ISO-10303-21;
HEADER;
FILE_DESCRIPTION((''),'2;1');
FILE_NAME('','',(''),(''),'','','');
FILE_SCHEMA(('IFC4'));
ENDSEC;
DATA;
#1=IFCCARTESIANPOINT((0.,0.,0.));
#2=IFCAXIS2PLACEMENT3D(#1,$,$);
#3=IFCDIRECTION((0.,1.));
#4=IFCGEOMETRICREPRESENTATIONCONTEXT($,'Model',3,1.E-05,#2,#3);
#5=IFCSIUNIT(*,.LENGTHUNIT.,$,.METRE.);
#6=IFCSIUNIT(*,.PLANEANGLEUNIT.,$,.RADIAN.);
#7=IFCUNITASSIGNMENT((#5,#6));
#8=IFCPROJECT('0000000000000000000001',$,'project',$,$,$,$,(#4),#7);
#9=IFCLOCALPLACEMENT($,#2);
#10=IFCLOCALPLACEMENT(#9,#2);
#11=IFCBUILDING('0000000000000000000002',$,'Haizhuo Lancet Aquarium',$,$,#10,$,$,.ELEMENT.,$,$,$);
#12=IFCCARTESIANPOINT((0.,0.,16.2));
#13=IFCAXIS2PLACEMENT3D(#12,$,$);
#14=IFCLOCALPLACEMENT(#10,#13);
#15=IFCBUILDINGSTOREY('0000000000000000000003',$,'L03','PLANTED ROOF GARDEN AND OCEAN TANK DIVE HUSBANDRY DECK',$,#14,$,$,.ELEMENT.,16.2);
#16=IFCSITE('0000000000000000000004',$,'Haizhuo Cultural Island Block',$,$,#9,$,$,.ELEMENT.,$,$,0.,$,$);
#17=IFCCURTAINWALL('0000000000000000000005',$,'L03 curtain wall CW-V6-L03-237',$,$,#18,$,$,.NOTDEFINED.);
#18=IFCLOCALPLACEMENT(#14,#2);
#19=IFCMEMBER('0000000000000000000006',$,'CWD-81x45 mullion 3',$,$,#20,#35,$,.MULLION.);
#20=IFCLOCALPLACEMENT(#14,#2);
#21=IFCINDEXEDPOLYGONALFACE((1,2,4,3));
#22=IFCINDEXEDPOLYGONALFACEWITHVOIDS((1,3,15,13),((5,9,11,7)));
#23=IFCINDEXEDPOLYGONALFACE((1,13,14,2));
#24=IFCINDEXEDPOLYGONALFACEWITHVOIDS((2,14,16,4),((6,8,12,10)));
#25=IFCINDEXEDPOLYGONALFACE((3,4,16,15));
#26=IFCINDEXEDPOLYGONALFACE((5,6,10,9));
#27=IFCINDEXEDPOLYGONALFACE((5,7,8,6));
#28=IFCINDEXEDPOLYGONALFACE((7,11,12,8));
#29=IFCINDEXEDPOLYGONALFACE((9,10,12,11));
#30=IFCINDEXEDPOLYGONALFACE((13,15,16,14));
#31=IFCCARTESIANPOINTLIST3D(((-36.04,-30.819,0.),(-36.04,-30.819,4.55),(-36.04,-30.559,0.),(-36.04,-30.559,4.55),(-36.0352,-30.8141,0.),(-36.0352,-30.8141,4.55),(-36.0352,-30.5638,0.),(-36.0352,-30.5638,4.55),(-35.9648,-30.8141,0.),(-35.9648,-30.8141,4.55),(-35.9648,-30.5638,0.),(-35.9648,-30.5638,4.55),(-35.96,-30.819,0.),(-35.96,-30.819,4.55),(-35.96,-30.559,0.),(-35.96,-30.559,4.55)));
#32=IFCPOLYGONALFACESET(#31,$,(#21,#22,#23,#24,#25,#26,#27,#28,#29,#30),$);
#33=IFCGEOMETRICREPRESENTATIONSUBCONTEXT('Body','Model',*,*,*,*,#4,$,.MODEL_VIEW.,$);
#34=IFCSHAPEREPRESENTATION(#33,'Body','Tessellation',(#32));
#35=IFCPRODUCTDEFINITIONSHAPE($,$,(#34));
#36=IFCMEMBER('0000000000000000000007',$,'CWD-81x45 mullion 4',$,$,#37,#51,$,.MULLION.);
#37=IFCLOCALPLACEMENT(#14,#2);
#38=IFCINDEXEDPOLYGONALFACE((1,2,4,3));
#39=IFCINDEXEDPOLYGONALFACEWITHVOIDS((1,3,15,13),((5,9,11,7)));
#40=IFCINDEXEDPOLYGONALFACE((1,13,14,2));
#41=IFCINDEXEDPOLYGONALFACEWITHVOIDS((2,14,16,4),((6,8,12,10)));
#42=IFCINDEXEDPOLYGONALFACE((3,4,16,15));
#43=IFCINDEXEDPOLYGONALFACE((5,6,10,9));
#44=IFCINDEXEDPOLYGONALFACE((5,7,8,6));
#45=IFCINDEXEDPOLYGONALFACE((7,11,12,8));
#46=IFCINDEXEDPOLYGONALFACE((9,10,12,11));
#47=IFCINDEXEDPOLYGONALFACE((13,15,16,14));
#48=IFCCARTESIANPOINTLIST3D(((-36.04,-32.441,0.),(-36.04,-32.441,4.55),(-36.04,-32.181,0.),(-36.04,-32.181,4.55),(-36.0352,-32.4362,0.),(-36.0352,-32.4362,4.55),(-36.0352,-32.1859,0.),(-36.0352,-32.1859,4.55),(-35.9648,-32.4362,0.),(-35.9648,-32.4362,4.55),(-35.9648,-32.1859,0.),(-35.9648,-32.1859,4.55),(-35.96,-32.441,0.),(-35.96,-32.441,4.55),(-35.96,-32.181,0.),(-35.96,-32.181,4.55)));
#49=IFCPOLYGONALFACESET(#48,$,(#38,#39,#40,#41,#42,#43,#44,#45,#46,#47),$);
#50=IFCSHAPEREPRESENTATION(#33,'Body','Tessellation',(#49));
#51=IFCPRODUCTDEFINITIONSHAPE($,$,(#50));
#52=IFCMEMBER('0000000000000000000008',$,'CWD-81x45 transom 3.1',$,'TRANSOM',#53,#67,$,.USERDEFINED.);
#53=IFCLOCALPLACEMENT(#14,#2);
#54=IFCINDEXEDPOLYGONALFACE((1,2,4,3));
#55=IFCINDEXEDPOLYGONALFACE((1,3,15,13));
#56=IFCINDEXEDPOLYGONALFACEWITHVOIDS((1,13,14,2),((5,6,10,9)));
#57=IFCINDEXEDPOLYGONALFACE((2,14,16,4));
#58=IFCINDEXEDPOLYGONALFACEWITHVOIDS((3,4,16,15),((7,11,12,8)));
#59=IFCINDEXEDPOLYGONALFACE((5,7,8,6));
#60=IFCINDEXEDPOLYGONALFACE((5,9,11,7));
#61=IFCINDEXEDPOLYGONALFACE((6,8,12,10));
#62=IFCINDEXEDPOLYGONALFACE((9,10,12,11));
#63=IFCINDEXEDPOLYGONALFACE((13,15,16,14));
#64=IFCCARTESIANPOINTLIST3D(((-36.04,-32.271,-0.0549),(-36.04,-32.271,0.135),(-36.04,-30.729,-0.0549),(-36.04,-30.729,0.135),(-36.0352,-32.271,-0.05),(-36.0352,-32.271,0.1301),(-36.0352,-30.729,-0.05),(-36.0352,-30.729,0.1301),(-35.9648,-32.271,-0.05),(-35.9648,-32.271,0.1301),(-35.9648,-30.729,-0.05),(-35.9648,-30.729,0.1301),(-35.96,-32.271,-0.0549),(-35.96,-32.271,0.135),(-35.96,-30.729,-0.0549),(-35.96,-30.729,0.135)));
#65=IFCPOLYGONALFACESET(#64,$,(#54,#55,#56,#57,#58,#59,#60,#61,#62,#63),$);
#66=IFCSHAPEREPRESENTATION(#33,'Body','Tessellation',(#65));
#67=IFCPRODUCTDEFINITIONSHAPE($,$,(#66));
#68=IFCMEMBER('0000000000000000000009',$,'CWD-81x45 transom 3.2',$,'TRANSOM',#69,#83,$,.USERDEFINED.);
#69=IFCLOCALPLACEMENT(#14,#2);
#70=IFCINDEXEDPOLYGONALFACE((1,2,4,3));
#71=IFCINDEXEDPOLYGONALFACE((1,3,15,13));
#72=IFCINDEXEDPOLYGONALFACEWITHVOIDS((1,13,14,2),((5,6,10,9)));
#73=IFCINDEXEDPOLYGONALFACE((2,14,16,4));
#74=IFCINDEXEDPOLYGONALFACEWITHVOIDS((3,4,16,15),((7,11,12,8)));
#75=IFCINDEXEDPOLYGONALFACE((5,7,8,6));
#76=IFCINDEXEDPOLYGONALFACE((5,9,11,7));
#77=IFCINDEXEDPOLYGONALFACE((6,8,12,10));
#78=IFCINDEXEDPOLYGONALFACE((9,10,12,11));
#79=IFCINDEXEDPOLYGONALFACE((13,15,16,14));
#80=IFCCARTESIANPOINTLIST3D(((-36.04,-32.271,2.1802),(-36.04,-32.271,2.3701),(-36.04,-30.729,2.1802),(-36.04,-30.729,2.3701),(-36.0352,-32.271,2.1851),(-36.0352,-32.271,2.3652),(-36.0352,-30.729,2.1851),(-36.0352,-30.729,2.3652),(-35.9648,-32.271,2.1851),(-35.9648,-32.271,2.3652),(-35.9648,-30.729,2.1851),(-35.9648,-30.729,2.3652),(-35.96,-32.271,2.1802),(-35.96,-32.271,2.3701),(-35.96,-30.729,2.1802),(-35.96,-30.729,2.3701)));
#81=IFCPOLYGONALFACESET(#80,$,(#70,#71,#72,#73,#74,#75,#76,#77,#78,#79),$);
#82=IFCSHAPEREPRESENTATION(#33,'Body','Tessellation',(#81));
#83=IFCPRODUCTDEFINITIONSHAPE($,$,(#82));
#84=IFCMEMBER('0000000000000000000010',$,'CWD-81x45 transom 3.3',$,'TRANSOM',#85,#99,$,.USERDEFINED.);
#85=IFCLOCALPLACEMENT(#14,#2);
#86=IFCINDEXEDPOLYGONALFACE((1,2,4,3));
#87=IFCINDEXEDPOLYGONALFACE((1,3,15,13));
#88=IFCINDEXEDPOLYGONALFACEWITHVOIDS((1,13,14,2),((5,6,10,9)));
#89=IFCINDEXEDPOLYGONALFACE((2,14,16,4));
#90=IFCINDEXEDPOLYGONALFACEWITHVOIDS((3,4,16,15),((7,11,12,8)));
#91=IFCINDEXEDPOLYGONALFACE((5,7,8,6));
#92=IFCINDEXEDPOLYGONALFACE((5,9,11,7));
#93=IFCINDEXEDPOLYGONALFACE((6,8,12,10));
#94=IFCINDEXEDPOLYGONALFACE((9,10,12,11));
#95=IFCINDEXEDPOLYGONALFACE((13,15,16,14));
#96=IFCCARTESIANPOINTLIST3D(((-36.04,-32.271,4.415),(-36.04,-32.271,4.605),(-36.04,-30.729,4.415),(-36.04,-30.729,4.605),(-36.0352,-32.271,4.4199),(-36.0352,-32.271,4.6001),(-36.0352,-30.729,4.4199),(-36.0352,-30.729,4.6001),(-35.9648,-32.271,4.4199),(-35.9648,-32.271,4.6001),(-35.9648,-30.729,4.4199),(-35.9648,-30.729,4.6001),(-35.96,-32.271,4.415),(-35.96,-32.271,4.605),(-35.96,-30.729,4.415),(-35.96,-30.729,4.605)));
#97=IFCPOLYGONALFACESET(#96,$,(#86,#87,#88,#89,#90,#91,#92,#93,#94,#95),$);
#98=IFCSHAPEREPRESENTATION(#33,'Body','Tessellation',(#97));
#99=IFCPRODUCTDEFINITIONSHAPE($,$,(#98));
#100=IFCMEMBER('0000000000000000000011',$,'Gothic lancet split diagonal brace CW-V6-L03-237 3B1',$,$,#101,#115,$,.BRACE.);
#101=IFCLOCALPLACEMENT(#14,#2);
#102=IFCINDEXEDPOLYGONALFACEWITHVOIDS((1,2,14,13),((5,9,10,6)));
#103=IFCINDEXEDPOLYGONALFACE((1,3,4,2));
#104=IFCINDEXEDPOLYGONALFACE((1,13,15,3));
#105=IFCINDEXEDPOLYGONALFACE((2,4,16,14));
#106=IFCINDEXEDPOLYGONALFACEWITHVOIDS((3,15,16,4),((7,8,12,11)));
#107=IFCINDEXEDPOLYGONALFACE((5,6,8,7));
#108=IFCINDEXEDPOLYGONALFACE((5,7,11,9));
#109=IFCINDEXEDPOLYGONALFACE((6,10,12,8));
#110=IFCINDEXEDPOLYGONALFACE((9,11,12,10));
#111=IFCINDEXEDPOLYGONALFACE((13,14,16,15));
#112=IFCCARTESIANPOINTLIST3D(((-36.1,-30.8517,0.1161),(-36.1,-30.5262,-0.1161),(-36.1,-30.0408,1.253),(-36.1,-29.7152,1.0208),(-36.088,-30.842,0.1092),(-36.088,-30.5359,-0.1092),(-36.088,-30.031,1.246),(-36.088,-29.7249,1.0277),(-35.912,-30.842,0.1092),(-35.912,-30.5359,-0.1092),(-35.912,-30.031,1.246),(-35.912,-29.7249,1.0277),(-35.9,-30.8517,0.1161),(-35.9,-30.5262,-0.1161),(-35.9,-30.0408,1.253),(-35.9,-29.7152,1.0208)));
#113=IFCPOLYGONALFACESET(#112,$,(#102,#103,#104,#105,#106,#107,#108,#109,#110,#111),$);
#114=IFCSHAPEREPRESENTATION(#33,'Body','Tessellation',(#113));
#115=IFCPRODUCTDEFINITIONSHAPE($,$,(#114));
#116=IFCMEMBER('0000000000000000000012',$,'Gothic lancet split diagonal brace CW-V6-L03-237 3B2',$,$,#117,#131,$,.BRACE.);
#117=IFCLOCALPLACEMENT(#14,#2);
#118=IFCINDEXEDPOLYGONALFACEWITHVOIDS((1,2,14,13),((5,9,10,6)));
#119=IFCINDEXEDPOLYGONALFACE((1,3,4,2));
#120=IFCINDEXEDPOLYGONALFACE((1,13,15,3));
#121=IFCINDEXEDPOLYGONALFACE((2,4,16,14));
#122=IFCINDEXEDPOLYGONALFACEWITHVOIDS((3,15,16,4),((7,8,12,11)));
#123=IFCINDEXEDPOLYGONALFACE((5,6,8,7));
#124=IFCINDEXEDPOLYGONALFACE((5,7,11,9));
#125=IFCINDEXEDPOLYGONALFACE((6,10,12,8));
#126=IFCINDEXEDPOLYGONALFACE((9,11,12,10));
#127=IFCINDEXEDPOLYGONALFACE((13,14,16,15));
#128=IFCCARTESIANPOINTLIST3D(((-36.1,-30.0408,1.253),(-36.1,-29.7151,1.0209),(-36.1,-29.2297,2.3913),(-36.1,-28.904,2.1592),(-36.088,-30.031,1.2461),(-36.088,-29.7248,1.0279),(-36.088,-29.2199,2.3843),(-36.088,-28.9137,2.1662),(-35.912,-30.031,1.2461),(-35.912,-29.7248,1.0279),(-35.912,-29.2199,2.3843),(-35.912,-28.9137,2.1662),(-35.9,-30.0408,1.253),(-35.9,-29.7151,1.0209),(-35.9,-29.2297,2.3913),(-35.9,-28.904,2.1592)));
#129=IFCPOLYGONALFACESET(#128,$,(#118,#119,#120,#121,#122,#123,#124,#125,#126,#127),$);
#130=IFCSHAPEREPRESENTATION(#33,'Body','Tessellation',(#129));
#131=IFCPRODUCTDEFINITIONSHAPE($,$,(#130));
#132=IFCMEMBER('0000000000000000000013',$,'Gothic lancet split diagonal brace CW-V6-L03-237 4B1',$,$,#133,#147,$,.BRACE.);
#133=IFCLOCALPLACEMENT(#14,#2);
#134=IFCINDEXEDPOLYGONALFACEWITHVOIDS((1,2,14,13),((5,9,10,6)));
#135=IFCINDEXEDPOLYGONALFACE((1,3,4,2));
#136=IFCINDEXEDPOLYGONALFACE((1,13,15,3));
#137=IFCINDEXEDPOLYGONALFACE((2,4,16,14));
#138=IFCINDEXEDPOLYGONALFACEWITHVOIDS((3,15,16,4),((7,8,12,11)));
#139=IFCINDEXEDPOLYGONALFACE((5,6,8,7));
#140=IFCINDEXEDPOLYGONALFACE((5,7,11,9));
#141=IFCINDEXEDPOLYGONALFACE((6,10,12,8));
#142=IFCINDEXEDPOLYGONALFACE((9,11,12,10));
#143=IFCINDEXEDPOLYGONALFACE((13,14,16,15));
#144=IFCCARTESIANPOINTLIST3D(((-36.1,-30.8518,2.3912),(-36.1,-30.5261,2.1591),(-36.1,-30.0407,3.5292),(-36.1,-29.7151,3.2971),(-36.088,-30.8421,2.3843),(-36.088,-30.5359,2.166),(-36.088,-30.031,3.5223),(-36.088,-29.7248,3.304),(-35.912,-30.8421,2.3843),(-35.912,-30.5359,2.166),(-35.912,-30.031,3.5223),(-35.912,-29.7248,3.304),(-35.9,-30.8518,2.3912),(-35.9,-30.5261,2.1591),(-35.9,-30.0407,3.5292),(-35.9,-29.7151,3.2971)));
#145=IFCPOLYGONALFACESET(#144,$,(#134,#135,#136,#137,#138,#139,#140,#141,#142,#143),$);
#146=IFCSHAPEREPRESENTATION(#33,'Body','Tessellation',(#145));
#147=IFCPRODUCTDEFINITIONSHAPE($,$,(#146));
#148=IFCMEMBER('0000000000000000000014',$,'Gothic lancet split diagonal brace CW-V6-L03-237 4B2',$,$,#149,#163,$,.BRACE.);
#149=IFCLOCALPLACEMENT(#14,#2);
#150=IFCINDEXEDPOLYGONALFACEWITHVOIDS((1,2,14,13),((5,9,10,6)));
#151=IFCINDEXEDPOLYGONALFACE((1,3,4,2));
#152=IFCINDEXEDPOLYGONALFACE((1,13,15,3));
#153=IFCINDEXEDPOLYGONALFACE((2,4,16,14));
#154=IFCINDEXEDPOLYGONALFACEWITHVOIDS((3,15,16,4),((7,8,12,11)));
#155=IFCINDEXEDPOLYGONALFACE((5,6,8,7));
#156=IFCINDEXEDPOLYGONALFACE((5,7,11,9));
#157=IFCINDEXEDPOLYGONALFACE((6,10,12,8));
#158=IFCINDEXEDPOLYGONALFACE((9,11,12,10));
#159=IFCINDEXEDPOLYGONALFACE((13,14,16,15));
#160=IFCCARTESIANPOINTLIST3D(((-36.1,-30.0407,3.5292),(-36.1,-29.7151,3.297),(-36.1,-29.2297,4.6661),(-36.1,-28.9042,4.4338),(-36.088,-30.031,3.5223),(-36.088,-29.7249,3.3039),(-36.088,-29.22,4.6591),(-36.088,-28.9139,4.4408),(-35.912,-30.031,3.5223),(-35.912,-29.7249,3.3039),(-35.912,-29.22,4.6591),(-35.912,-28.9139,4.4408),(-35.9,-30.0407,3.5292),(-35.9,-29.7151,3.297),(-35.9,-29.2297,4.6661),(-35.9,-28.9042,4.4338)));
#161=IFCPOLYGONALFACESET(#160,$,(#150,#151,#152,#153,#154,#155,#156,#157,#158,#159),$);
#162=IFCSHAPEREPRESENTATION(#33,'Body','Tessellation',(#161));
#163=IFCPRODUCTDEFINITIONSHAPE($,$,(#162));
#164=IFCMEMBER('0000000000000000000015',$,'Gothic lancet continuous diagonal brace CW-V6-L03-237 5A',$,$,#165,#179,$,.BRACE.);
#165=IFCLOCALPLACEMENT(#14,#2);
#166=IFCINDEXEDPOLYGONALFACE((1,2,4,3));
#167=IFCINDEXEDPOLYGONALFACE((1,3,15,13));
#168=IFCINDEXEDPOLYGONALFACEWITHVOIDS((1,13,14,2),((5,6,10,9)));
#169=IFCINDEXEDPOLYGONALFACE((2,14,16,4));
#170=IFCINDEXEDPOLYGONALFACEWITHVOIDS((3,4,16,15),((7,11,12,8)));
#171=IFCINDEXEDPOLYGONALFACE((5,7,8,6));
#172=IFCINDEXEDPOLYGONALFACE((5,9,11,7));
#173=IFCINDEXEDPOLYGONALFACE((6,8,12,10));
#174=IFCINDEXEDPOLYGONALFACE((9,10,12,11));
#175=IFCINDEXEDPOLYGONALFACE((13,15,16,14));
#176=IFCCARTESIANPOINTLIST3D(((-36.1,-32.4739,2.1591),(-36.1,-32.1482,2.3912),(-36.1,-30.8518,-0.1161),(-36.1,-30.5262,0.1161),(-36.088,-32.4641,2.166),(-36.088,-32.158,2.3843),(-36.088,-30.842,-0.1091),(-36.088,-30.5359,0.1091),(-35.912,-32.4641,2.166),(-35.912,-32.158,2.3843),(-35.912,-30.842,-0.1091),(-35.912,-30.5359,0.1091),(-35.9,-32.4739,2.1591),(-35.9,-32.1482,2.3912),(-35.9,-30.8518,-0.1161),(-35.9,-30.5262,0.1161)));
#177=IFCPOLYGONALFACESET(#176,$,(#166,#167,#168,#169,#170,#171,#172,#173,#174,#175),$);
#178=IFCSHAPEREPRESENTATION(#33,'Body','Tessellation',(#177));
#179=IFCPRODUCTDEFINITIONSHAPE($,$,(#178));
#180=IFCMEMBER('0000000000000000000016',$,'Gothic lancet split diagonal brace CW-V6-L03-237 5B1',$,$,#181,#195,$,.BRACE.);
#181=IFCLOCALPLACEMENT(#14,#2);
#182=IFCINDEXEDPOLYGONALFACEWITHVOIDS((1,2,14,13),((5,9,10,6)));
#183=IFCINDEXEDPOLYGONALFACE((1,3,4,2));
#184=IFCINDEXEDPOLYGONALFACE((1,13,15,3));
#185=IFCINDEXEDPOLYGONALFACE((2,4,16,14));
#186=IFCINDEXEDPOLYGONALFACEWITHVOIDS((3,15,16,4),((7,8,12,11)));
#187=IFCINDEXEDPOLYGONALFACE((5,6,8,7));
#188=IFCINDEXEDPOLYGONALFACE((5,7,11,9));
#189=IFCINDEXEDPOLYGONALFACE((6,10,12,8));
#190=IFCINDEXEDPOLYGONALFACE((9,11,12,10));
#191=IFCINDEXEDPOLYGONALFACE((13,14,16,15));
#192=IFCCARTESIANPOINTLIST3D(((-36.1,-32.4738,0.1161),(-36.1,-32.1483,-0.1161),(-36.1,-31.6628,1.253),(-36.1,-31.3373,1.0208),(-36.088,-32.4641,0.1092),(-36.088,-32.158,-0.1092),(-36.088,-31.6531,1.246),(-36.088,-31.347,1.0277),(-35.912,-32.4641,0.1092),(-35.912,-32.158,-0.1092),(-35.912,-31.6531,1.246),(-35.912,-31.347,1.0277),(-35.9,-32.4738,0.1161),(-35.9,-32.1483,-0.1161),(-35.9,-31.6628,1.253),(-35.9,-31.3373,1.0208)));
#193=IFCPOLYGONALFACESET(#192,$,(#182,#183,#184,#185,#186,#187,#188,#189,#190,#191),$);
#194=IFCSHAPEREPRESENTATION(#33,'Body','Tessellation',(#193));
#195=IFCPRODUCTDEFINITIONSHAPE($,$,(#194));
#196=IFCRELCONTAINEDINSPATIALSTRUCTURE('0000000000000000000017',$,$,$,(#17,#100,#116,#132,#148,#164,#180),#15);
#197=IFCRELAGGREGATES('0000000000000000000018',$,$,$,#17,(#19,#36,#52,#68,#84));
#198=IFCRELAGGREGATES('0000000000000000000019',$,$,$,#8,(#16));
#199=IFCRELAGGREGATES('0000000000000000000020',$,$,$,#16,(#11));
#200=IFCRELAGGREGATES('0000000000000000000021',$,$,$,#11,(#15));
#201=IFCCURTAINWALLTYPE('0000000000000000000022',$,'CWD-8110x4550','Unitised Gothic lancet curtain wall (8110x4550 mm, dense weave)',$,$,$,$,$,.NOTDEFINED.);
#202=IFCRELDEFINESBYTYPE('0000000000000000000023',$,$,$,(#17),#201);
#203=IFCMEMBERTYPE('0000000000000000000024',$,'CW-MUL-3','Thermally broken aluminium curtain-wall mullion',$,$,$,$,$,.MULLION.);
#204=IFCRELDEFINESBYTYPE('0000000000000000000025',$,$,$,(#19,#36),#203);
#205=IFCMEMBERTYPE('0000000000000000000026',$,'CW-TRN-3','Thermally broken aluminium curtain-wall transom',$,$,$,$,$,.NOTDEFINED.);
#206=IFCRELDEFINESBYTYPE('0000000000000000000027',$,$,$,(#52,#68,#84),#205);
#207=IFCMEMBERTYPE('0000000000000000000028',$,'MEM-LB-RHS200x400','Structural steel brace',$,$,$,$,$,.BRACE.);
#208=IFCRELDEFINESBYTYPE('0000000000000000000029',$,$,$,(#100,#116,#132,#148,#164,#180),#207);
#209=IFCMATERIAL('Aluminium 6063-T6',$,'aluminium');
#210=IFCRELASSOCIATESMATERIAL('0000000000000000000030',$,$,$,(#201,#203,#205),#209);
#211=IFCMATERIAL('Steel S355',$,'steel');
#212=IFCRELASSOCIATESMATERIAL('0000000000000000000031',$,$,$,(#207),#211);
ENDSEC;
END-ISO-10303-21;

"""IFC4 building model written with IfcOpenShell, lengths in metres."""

from ifc_helpers import new_model, si_unit, direction, frame, origin, origin_2d, place, context, subcontext, project, spatial, hollow_rectangle, extrude, material, material_profile, profile_set, type_object, element, aggregate, save


model = new_model("IFC4")

# Units and contexts
model_context = context("Model", 3, precision=1e-05, world=origin(), true_north=direction((0.0, 1.0)))
body_context = subcontext(model_context, "Body", "Model", "MODEL_VIEW")
ifc_project = project(units=[si_unit("LENGTHUNIT", "METRE"), si_unit("PLANEANGLEUNIT", "RADIAN")], contexts=[model_context])

# Site, building, storey
site_placement = place(None, origin())
site = spatial("IfcSite", under=ifc_project, at=site_placement, Name="Haizhuo Cultural Island Block", CompositionType="ELEMENT", RefElevation=0.0)
building_placement = place(site_placement, origin())
building = spatial("IfcBuilding", under=site, at=building_placement, Name="Haizhuo Lancet Aquarium", CompositionType="ELEMENT")
storey_placement = place(building_placement, frame((0.0, 0.0, 16.2)))
storey = spatial("IfcBuildingStorey", under=building, at=storey_placement, Name="L03", Description="PLANTED ROOF GARDEN AND OCEAN TANK DIVE HUSBANDRY DECK", CompositionType="ELEMENT", Elevation=16.2)

# Curtain wall, members
ifc_material_1 = material(Name="Aluminium 6063-T6", Category="aluminium")
curtain_wall_type = type_object("IfcCurtainWallType", Name="CWD-8110x4550", Description="Unitised Gothic lancet curtain wall (8110x4550 mm, dense weave)", PredefinedType="NOTDEFINED", material=ifc_material_1)
curtain_wall_placement = place(storey_placement, origin())
curtain_wall = element("IfcCurtainWall", 1, at=curtain_wall_placement, inside=storey, type_object=curtain_wall_type, Name="L03 curtain wall CW-V6-L03-237", PredefinedType="NOTDEFINED")
ifc_material_profile_1 = material_profile(ifc_material_1, hollow_rectangle(XDim=0.0801, YDim=0.26, WallThickness=0.0049, at=origin_2d()), Name="ALU-M 80x260x5")
ifc_profile_set_1 = profile_set([ifc_material_profile_1], Name="Aluminium 6063-T6")
member_type_1 = type_object("IfcMemberType", Name="CW-MUL-3", Description="Thermally broken aluminium curtain-wall mullion", PredefinedType="MULLION", material=ifc_profile_set_1)
member_1_placement = place(storey_placement, frame((-36.0, -30.689, 0.0), z_axis=(0.0, 0.0, 1.0), x_axis=(1.0, 0.0, 0.0)))
member_1 = element("IfcMember", 2, at=member_1_placement, type_object=member_type_1, Name="CWD-81x45 mullion 3", PredefinedType="MULLION", context=body_context, shape_type="SweptSolid", body=[
    extrude(hollow_rectangle(XDim=0.0801, YDim=0.26, WallThickness=0.0049, at=origin_2d()), origin(), (0.0, 0.0, 1.0), 4.55),
])
member_2_placement = place(storey_placement, frame((-36.0, -32.311, 0.0), z_axis=(0.0, 0.0, 1.0), x_axis=(1.0, 0.0, 0.0)))
member_2 = element("IfcMember", 3, at=member_2_placement, type_object=member_type_1, Name="CWD-81x45 mullion 4", PredefinedType="MULLION", context=body_context, shape_type="SweptSolid", body=[
    extrude(hollow_rectangle(XDim=0.0801, YDim=0.26, WallThickness=0.0049, at=origin_2d()), origin(), (0.0, 0.0, 1.0), 4.55),
])
ifc_material_profile_2 = material_profile(ifc_material_1, hollow_rectangle(XDim=0.0801, YDim=0.1899, WallThickness=0.0049, at=origin_2d()), Name="ALU-T 80x190x5")
ifc_profile_set_2 = profile_set([ifc_material_profile_2], Name="Aluminium 6063-T6")
member_type_2 = type_object("IfcMemberType", Name="CW-TRN-3", Description="Thermally broken aluminium curtain-wall transom", PredefinedType="NOTDEFINED", material=ifc_profile_set_2)
member_3_placement = place(storey_placement, frame((-36.0, -30.729, 0.04), z_axis=(0.0, -1.0, 0.0), x_axis=(1.0, 0.0, 0.0)))
member_3 = element("IfcMember", 4, at=member_3_placement, type_object=member_type_2, Name="CWD-81x45 transom 3.1", ObjectType="TRANSOM", PredefinedType="USERDEFINED", context=body_context, shape_type="SweptSolid", body=[
    extrude(hollow_rectangle(XDim=0.0801, YDim=0.1899, WallThickness=0.0049, at=origin_2d()), origin(), (0.0, 0.0, 1.0), 1.542),
])
member_4_placement = place(storey_placement, frame((-36.0, -30.729, 2.2751), z_axis=(0.0, -1.0, 0.0), x_axis=(1.0, 0.0, 0.0)))
member_4 = element("IfcMember", 5, at=member_4_placement, type_object=member_type_2, Name="CWD-81x45 transom 3.2", ObjectType="TRANSOM", PredefinedType="USERDEFINED", context=body_context, shape_type="SweptSolid", body=[
    extrude(hollow_rectangle(XDim=0.0801, YDim=0.1899, WallThickness=0.0049, at=origin_2d()), origin(), (0.0, 0.0, 1.0), 1.542),
])
member_5_placement = place(storey_placement, frame((-36.0, -30.729, 4.51), z_axis=(0.0, -1.0, 0.0), x_axis=(1.0, 0.0, 0.0)))
member_5 = element("IfcMember", 6, at=member_5_placement, type_object=member_type_2, Name="CWD-81x45 transom 3.3", ObjectType="TRANSOM", PredefinedType="USERDEFINED", context=body_context, shape_type="SweptSolid", body=[
    extrude(hollow_rectangle(XDim=0.0801, YDim=0.1899, WallThickness=0.0049, at=origin_2d()), origin(), (0.0, 0.0, 1.0), 1.542),
])

# Members
ifc_material_2 = material(Name="Steel S355", Category="steel")
ifc_material_profile_3 = material_profile(ifc_material_2, hollow_rectangle(XDim=0.2, YDim=0.3999, WallThickness=0.012, at=origin_2d()), Name="RHS 200x400x12")
ifc_profile_set_3 = profile_set([ifc_material_profile_3], Name="Steel S355")
member_type_3 = type_object("IfcMemberType", Name="MEM-LB-RHS200x400", Description="Structural steel brace", PredefinedType="BRACE", material=ifc_profile_set_3)
member_6_placement = place(storey_placement, frame((-36.0, -30.689, 0.0), z_axis=(0.0, 0.580725, 0.814099), x_axis=(-1.0, 0.0, 0.0)))
element("IfcMember", 7, at=member_6_placement, inside=storey, type_object=member_type_3, Name="Gothic lancet split diagonal brace CW-V6-L03-237 3B1", PredefinedType="BRACE", context=body_context, shape_type="SweptSolid", body=[
    extrude(hollow_rectangle(XDim=0.2, YDim=0.3999, WallThickness=0.012, at=origin_2d()), origin(), (0.0, 0.0, 1.0), 1.3965),
])
member_7_placement = place(storey_placement, frame((-36.0, -29.8779, 1.137), z_axis=(0.0, 0.580312, 0.814394), x_axis=(-1.0, 0.0, 0.0)))
element("IfcMember", 8, at=member_7_placement, inside=storey, type_object=member_type_3, Name="Gothic lancet split diagonal brace CW-V6-L03-237 3B2", PredefinedType="BRACE", context=body_context, shape_type="SweptSolid", body=[
    extrude(hollow_rectangle(XDim=0.2, YDim=0.3999, WallThickness=0.012, at=origin_2d()), origin(), (0.0, 0.0, 1.0), 1.3977),
])
member_8_placement = place(storey_placement, frame((-36.0, -30.689, 2.2751), z_axis=(0.0, 0.580395, 0.814335), x_axis=(-1.0, 0.0, 0.0)))
element("IfcMember", 9, at=member_8_placement, inside=storey, type_object=member_type_3, Name="Gothic lancet split diagonal brace CW-V6-L03-237 4B1", PredefinedType="BRACE", context=body_context, shape_type="SweptSolid", body=[
    extrude(hollow_rectangle(XDim=0.2, YDim=0.3999, WallThickness=0.012, at=origin_2d()), origin(), (0.0, 0.0, 1.0), 1.3975),
])
member_9_placement = place(storey_placement, frame((-36.0, -29.8779, 3.4131), z_axis=(0.0, 0.580725, 0.814099), x_axis=(-1.0, 0.0, 0.0)))
element("IfcMember", 10, at=member_9_placement, inside=storey, type_object=member_type_3, Name="Gothic lancet split diagonal brace CW-V6-L03-237 4B2", PredefinedType="BRACE", context=body_context, shape_type="SweptSolid", body=[
    extrude(hollow_rectangle(XDim=0.2, YDim=0.3999, WallThickness=0.012, at=origin_2d()), origin(), (0.0, 0.0, 1.0), 1.3965),
])
member_10_placement = place(storey_placement, frame((-36.0, -30.689, 0.0), z_axis=(0.0, -0.580519, 0.814247), x_axis=(1.0, 0.0, 0.0)))
element("IfcMember", 11, at=member_10_placement, inside=storey, type_object=member_type_3, Name="Gothic lancet continuous diagonal brace CW-V6-L03-237 5A", PredefinedType="BRACE", context=body_context, shape_type="SweptSolid", body=[
    extrude(hollow_rectangle(XDim=0.2, YDim=0.3999, WallThickness=0.012, at=origin_2d()), origin(), (0.0, 0.0, 1.0), 2.7942),
])
member_11_placement = place(storey_placement, frame((-36.0, -32.311, 0.0), z_axis=(0.0, 0.580725, 0.814099), x_axis=(-1.0, 0.0, 0.0)))
element("IfcMember", 12, at=member_11_placement, inside=storey, type_object=member_type_3, Name="Gothic lancet split diagonal brace CW-V6-L03-237 5B1", PredefinedType="BRACE", context=body_context, shape_type="SweptSolid", body=[
    extrude(hollow_rectangle(XDim=0.2, YDim=0.3999, WallThickness=0.012, at=origin_2d()), origin(), (0.0, 0.0, 1.0), 1.3965),
])

aggregate(curtain_wall, [member_1, member_2, member_3, member_4, member_5])

save(model, "model.ifc")
